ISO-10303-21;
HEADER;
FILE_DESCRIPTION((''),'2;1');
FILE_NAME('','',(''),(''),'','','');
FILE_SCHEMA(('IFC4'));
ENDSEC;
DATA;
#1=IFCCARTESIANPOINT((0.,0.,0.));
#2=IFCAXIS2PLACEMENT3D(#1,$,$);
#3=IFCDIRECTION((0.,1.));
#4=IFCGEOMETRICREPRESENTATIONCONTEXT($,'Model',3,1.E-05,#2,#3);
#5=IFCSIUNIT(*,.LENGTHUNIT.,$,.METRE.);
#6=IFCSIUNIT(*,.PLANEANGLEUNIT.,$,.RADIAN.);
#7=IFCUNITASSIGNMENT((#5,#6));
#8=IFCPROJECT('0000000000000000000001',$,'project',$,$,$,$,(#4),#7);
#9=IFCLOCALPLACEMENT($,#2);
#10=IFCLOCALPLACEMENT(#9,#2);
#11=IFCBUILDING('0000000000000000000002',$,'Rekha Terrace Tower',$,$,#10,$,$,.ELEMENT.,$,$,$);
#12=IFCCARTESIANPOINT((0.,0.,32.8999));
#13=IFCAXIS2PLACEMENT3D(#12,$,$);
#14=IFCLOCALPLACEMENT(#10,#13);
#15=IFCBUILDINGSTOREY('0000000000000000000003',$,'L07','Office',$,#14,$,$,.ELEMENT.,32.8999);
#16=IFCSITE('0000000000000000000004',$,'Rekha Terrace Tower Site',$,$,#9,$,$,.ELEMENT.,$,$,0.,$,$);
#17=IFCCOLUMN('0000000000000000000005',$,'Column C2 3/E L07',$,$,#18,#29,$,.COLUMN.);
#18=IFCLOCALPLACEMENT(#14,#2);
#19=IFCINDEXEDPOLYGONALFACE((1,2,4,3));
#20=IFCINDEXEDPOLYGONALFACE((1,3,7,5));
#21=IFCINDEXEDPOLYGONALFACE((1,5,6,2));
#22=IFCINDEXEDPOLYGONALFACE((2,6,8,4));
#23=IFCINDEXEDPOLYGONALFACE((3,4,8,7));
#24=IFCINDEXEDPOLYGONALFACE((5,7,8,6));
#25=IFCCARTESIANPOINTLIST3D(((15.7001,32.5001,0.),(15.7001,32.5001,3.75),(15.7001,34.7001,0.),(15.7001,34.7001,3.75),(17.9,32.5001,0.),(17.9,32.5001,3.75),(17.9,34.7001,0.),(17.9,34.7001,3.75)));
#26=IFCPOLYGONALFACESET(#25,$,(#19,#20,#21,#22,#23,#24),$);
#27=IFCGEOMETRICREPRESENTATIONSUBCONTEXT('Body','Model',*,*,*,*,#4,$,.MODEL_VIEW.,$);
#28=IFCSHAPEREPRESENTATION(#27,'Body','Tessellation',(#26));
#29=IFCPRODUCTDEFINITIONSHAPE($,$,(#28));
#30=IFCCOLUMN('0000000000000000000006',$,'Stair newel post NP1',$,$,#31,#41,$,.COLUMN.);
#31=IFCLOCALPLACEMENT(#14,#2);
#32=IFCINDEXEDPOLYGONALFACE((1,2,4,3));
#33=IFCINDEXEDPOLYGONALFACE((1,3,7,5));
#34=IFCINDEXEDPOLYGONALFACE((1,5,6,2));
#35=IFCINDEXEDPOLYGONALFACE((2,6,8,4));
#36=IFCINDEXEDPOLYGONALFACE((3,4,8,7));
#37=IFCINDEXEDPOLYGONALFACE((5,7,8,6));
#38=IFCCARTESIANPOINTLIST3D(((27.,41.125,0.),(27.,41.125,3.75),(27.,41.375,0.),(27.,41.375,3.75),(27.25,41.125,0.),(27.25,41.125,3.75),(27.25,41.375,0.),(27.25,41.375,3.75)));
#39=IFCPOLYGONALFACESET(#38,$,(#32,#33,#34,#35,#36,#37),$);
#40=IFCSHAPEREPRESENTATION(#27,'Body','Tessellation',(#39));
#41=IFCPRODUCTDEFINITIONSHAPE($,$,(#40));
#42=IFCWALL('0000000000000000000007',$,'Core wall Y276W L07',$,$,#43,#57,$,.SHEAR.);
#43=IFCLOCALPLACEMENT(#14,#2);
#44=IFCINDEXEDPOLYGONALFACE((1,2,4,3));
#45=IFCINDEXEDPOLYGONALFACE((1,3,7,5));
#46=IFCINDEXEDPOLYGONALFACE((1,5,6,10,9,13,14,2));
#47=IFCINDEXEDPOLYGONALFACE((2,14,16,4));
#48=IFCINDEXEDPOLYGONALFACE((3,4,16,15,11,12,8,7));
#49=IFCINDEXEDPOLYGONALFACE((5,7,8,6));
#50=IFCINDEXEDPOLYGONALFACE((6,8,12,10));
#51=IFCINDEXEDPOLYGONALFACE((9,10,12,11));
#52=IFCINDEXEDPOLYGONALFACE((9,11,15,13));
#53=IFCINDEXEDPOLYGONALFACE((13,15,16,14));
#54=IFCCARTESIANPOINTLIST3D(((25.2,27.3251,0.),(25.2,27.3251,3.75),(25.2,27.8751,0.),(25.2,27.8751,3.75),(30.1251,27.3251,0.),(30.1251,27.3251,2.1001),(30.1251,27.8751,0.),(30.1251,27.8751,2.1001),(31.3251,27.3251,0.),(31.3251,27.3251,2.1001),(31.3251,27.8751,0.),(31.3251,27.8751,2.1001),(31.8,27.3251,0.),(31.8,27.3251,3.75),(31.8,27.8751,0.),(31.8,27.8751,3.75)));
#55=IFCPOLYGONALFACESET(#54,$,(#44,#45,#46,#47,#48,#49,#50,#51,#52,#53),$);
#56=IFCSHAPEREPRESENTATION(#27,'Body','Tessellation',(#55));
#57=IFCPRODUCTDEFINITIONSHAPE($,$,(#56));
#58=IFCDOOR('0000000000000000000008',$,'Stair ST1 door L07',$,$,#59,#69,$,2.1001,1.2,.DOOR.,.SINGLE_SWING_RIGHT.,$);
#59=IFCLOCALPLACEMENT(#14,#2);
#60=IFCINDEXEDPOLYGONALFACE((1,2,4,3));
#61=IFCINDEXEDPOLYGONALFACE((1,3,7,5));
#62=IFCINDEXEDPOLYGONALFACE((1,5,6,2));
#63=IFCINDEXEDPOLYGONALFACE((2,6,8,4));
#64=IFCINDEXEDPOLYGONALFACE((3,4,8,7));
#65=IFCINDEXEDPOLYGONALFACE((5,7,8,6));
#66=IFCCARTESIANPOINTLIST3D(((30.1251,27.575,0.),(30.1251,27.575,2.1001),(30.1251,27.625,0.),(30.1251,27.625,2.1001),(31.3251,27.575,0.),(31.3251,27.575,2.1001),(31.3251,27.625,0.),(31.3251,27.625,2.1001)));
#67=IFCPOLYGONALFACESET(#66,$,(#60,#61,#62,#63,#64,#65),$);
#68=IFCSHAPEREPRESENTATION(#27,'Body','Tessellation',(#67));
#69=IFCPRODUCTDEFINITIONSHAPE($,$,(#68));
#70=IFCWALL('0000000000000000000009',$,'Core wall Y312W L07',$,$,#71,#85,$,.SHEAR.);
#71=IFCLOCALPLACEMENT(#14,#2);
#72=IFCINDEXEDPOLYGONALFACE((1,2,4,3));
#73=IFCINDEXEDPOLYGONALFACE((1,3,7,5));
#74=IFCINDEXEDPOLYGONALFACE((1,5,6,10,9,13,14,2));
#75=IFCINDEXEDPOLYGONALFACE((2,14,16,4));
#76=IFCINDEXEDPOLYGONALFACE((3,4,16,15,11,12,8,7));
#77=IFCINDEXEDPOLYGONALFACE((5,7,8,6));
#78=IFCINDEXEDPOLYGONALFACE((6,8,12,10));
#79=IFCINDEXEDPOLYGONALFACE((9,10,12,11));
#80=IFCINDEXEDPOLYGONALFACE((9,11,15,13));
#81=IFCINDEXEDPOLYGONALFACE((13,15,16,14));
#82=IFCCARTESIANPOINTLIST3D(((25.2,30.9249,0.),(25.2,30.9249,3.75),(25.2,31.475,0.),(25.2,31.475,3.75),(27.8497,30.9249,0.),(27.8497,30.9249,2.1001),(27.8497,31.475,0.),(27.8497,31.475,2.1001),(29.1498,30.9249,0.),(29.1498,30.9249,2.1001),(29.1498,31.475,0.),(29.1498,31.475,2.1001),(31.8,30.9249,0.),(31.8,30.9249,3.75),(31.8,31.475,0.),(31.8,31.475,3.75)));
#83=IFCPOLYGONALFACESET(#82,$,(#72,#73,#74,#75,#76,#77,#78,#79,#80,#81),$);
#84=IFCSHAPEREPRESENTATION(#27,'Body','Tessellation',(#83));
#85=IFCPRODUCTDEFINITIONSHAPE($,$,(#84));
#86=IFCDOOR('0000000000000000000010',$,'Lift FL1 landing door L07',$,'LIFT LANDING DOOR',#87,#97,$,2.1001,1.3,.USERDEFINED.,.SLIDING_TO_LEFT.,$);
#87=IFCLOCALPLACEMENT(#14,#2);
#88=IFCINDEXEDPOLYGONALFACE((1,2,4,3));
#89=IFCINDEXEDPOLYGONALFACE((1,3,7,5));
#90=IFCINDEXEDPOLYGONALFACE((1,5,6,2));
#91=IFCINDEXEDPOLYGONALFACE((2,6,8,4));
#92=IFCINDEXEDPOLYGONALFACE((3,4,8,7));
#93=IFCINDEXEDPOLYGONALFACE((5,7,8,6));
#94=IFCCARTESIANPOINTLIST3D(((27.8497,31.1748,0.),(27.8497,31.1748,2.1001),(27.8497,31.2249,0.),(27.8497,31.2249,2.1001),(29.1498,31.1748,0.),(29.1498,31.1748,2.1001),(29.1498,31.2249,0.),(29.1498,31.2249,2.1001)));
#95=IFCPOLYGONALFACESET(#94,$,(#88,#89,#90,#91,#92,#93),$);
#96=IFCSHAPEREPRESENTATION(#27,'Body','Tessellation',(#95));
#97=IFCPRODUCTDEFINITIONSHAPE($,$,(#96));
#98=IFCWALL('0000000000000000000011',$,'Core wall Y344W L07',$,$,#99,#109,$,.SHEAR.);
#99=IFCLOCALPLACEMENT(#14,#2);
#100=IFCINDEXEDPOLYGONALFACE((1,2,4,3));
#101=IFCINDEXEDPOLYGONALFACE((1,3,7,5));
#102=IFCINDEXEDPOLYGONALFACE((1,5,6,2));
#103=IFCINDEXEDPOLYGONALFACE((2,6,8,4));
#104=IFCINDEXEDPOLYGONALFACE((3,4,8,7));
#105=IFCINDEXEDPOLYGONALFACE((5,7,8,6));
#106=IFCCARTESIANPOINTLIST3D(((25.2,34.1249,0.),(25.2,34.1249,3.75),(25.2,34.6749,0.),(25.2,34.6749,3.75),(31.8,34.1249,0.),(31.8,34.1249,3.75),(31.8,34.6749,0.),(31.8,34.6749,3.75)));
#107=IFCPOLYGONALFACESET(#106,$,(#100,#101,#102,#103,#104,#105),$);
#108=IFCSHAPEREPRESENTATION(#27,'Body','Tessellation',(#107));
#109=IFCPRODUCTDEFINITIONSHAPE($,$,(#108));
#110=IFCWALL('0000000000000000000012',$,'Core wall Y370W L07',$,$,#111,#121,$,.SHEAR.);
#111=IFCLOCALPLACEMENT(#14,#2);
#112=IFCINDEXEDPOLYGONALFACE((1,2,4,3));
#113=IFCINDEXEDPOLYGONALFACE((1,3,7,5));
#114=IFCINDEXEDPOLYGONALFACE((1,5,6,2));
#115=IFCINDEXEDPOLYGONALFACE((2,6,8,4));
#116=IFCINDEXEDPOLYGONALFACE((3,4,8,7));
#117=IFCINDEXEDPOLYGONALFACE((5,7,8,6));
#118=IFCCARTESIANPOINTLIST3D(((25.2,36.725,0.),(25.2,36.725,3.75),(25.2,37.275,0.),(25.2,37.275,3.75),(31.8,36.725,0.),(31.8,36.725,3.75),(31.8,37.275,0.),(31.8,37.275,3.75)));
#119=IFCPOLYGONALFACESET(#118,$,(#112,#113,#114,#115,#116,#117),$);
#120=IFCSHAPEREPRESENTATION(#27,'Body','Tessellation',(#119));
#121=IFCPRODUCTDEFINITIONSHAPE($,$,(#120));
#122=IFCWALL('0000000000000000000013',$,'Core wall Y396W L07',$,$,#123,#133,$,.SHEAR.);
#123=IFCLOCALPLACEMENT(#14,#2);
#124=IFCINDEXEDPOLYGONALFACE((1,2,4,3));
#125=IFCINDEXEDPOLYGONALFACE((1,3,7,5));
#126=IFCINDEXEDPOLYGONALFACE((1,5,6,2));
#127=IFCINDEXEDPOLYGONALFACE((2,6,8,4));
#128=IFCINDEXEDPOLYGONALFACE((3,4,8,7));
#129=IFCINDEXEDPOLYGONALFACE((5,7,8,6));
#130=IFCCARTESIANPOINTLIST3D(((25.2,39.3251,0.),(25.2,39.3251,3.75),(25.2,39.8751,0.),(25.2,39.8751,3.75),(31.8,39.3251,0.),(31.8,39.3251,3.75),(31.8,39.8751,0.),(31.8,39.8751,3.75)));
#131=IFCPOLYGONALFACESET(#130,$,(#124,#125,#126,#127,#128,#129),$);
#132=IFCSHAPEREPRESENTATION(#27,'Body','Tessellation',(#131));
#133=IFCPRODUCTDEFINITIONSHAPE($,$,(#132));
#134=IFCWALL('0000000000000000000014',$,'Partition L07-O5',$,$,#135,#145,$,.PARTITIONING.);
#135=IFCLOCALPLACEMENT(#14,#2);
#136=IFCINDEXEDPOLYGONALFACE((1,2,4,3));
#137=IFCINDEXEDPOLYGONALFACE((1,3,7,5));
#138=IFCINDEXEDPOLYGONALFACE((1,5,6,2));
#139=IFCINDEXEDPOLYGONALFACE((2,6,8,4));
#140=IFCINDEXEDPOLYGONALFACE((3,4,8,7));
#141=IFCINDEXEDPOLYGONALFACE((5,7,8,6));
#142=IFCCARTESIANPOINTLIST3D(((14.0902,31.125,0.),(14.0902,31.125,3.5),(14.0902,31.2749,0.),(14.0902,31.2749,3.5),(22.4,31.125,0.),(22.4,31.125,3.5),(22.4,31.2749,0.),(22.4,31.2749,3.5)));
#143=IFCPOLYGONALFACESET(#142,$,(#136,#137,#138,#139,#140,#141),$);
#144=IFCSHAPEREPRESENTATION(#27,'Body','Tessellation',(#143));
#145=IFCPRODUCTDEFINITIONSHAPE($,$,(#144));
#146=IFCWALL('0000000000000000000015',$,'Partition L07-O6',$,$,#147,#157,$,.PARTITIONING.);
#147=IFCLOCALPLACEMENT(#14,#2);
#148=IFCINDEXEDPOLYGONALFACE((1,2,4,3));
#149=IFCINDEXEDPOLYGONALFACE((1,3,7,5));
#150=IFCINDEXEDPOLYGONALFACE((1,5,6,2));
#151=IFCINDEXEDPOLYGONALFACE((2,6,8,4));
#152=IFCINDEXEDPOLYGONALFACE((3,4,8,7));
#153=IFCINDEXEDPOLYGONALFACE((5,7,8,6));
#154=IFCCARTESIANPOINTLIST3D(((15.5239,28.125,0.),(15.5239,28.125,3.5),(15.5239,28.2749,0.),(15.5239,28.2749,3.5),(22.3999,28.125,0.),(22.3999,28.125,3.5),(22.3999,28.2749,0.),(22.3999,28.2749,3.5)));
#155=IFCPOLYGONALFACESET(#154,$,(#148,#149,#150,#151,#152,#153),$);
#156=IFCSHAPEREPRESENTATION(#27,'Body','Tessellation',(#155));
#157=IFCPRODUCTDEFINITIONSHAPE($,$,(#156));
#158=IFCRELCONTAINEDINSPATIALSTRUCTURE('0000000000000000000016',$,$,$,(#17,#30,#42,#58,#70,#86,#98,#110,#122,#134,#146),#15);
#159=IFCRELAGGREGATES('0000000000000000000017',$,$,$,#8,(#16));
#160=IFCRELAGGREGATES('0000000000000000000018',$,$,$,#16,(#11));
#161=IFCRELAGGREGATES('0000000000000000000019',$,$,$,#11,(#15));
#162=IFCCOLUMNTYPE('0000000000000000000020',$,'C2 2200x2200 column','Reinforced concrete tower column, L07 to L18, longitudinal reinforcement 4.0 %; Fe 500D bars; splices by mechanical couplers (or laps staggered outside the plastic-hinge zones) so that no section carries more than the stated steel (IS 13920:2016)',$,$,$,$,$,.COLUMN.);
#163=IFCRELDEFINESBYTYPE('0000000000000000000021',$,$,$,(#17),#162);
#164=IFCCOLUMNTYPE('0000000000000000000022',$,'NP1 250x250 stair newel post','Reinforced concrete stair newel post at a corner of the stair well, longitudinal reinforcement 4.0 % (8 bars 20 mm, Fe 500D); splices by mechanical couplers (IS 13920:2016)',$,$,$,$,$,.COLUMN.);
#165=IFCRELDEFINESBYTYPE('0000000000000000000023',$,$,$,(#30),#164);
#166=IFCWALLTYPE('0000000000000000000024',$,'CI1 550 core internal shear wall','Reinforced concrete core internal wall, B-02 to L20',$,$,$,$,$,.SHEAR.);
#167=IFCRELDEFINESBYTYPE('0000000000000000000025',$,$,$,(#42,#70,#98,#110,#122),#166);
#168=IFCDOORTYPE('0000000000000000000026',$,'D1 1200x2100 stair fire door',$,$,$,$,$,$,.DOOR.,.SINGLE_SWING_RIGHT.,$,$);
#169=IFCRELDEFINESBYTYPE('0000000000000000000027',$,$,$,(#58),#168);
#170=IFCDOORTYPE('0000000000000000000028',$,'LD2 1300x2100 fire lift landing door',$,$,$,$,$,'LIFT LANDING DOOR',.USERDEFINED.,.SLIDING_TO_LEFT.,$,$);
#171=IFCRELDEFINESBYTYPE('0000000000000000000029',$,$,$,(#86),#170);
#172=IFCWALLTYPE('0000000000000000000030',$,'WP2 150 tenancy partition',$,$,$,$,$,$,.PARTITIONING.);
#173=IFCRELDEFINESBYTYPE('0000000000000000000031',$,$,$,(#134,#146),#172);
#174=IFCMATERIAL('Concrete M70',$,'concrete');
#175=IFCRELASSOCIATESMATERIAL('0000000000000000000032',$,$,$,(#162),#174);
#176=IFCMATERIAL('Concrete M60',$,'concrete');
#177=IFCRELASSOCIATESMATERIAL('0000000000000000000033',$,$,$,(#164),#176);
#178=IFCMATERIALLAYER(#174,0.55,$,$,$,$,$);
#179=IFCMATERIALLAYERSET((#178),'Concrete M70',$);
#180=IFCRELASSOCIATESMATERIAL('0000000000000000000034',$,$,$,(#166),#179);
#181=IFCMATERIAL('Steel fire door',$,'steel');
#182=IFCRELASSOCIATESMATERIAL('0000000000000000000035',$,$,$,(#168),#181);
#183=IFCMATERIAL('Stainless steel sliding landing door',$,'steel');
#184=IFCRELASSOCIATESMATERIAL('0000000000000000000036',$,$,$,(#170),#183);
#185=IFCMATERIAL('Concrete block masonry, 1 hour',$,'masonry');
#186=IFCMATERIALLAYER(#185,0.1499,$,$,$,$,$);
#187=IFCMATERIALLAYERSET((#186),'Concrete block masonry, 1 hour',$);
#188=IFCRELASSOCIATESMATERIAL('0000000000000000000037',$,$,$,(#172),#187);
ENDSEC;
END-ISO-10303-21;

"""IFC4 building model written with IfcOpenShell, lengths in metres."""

from ifc_helpers import new_model, si_unit, direction, frame, frame_2d, origin, origin_2d, place, context, subcontext, project, spatial, rectangle, extrude, material, layer, layer_set, material_profile, profile_set, type_object, element, fill, save


model = new_model("IFC4")

# Units and contexts
model_context = context("Model", 3, precision=1e-05, world=origin(), true_north=direction((0.0, 1.0)))
body_context = subcontext(model_context, "Body", "Model", "MODEL_VIEW")
ifc_project = project(units=[si_unit("LENGTHUNIT", "METRE"), si_unit("PLANEANGLEUNIT", "RADIAN")], contexts=[model_context])

# Site, building, storey
site_placement = place(None, origin())
site = spatial("IfcSite", under=ifc_project, at=site_placement, Name="Rekha Terrace Tower Site", CompositionType="ELEMENT", RefElevation=0.0)
building_placement = place(site_placement, origin())
building = spatial("IfcBuilding", under=site, at=building_placement, Name="Rekha Terrace Tower", CompositionType="ELEMENT")
storey_placement = place(building_placement, frame((0.0, 0.0, 32.8999)))
storey = spatial("IfcBuildingStorey", under=building, at=storey_placement, Name="L07", Description="Office", CompositionType="ELEMENT", Elevation=32.8999)

# Columns
ifc_material_1 = material(Name="Concrete M70", Category="concrete")
ifc_material_profile_1 = material_profile(ifc_material_1, rectangle(XDim=2.2, YDim=2.2, at=origin_2d()), Name="RC 2200x2200")
ifc_profile_set_1 = profile_set([ifc_material_profile_1], Name="Concrete M70")
column_type_1 = type_object("IfcColumnType", Name="C2 2200x2200 column", Description="Reinforced concrete tower column, L07 to L18, longitudinal reinforcement 4.0 %; Fe 500D bars; splices by mechanical couplers (or laps staggered outside the plastic-hinge zones) so that no section carries more than the stated steel (IS 13920:2016)", PredefinedType="COLUMN", material=ifc_profile_set_1)
column_1_placement = place(storey_placement, frame((16.8, 33.6001, 0.0), z_axis=(0.0, 0.0, 1.0), x_axis=(1.0, 0.0, 0.0)))
element("IfcColumn", 1, at=column_1_placement, inside=storey, type_object=column_type_1, Name="Column C2 3/E L07", PredefinedType="COLUMN", context=body_context, shape_type="SweptSolid", body=[
    extrude(rectangle(XDim=2.2, YDim=2.2, at=origin_2d()), origin(), (0.0, 0.0, 1.0), 3.75),
])
ifc_material_2 = material(Name="Concrete M60", Category="concrete")
ifc_material_profile_2 = material_profile(ifc_material_2, rectangle(XDim=0.25, YDim=0.25, at=origin_2d()), Name="RC 250x250")
ifc_profile_set_2 = profile_set([ifc_material_profile_2], Name="Concrete M60")
column_type_2 = type_object("IfcColumnType", Name="NP1 250x250 stair newel post", Description="Reinforced concrete stair newel post at a corner of the stair well, longitudinal reinforcement 4.0 % (8 bars 20 mm, Fe 500D); splices by mechanical couplers (IS 13920:2016)", PredefinedType="COLUMN", material=ifc_profile_set_2)
column_2_placement = place(storey_placement, frame((27.125, 41.25, 0.0), z_axis=(0.0, 0.0, 1.0), x_axis=(1.0, 0.0, 0.0)))
element("IfcColumn", 2, at=column_2_placement, inside=storey, type_object=column_type_2, Name="Stair newel post NP1", PredefinedType="COLUMN", context=body_context, shape_type="SweptSolid", body=[
    extrude(rectangle(XDim=0.25, YDim=0.25, at=origin_2d()), origin(), (0.0, 0.0, 1.0), 3.75),
])

# Walls, openings, doors
ifc_layer_1 = layer(ifc_material_1, 0.55)
ifc_layer_set_1 = layer_set([ifc_layer_1], Name="Concrete M70")
wall_type_1 = type_object("IfcWallType", Name="CI1 550 core internal shear wall", Description="Reinforced concrete core internal wall, B-02 to L20", PredefinedType="SHEAR", material=ifc_layer_set_1)
wall_1_placement = place(storey_placement, frame((25.2, 27.6001, 0.0), z_axis=(0.0, 0.0, 1.0), x_axis=(1.0, 0.0, 0.0)))
wall_1 = element("IfcWall", 3, at=wall_1_placement, inside=storey, type_object=wall_type_1, Name="Core wall Y276W L07", PredefinedType="SHEAR", context=body_context, shape_type="SweptSolid", body=[
    extrude(rectangle(XDim=6.6001, YDim=0.55, at=frame_2d((3.3, 0.0))), origin(), (0.0, 0.0, 1.0), 3.75),
])
opening_1_placement = place(wall_1_placement, frame((4.925, 0.0, 0.0)))
opening_1 = element("IfcOpeningElement", 4, at=opening_1_placement, cuts=wall_1, PredefinedType="OPENING", context=body_context, shape_type="SweptSolid", body=[
    extrude(rectangle(XDim=1.2, YDim=2.1001, at=frame_2d((0.6001, 1.05))), frame((0.0, 0.2849, 0.0), z_axis=(0.0, -1.0, 0.0), x_axis=(1.0, 0.0, 0.0)), (0.0, 0.0, 1.0), 0.5701),
])
ifc_material_3 = material(Name="Steel fire door", Category="steel")
door_type_1 = type_object("IfcDoorType", Name="D1 1200x2100 stair fire door", OperationType="SINGLE_SWING_RIGHT", PredefinedType="DOOR", material=ifc_material_3)
door_1_placement = place(opening_1_placement, origin())
door_1 = element("IfcDoor", 5, at=door_1_placement, inside=storey, type_object=door_type_1, Name="Stair ST1 door L07", OperationType="SINGLE_SWING_RIGHT", OverallHeight=2.1001, OverallWidth=1.2, PredefinedType="DOOR", context=body_context, shape_type="SweptSolid", body=[
    extrude(rectangle(XDim=1.2, YDim=2.1001, at=frame_2d((0.6001, 1.05))), frame((0.0, 0.0249, 0.0), z_axis=(0.0, -1.0, 0.0), x_axis=(1.0, 0.0, 0.0)), (0.0, 0.0, 1.0), 0.05),
])
fill(opening_1, door_1)
wall_2_placement = place(storey_placement, frame((25.2, 31.2, 0.0), z_axis=(0.0, 0.0, 1.0), x_axis=(1.0, 0.0, 0.0)))
wall_2 = element("IfcWall", 6, at=wall_2_placement, inside=storey, type_object=wall_type_1, Name="Core wall Y312W L07", PredefinedType="SHEAR", context=body_context, shape_type="SweptSolid", body=[
    extrude(rectangle(XDim=6.6001, YDim=0.55, at=frame_2d((3.3, 0.0))), origin(), (0.0, 0.0, 1.0), 3.75),
])
opening_2_placement = place(wall_2_placement, frame((2.6499, 0.0, 0.0)))
opening_2 = element("IfcOpeningElement", 7, at=opening_2_placement, cuts=wall_2, PredefinedType="OPENING", context=body_context, shape_type="SweptSolid", body=[
    extrude(rectangle(XDim=1.3, YDim=2.1001, at=frame_2d((0.6499, 1.05))), frame((0.0, 0.2849, 0.0), z_axis=(0.0, -1.0, 0.0), x_axis=(1.0, 0.0, 0.0)), (0.0, 0.0, 1.0), 0.5701),
])
ifc_material_4 = material(Name="Stainless steel sliding landing door", Category="steel")
door_type_2 = type_object("IfcDoorType", Name="LD2 1300x2100 fire lift landing door", ElementType="LIFT LANDING DOOR", OperationType="SLIDING_TO_LEFT", PredefinedType="USERDEFINED", material=ifc_material_4)
door_2_placement = place(opening_2_placement, origin())
door_2 = element("IfcDoor", 8, at=door_2_placement, inside=storey, type_object=door_type_2, Name="Lift FL1 landing door L07", ObjectType="LIFT LANDING DOOR", OperationType="SLIDING_TO_LEFT", OverallHeight=2.1001, OverallWidth=1.3, PredefinedType="USERDEFINED", context=body_context, shape_type="SweptSolid", body=[
    extrude(rectangle(XDim=1.3, YDim=2.1001, at=frame_2d((0.6499, 1.05))), frame((0.0, 0.0249, 0.0), z_axis=(0.0, -1.0, 0.0), x_axis=(1.0, 0.0, 0.0)), (0.0, 0.0, 1.0), 0.05),
])
fill(opening_2, door_2)

# Walls
for number, where, z_axis, x_axis, name in (
    (9, (25.2, 34.3999, 0.0), (0.0, 0.0, 1.0), (1.0, 0.0, 0.0), "Core wall Y344W L07"),
    (10, (25.2, 37.0, 0.0), (0.0, 0.0, 1.0), (1.0, 0.0, 0.0), "Core wall Y370W L07"),
    (11, (25.2, 39.6001, 0.0), (0.0, 0.0, 1.0), (1.0, 0.0, 0.0), "Core wall Y396W L07"),
):
    element("IfcWall", number, at=place(storey_placement, frame(where, z_axis=z_axis, x_axis=x_axis)), inside=storey, type_object=wall_type_1, Name=name, PredefinedType="SHEAR", context=body_context, shape_type="SweptSolid", body=[
        extrude(rectangle(XDim=6.6001, YDim=0.55, at=frame_2d((3.3, 0.0))), origin(), (0.0, 0.0, 1.0), 3.75),
    ])
ifc_material_5 = material(Name="Concrete block masonry, 1 hour", Category="masonry")
ifc_layer_2 = layer(ifc_material_5, 0.1499)
ifc_layer_set_2 = layer_set([ifc_layer_2], Name="Concrete block masonry, 1 hour")
wall_type_2 = type_object("IfcWallType", Name="WP2 150 tenancy partition", PredefinedType="PARTITIONING", material=ifc_layer_set_2)
wall_3_placement = place(storey_placement, frame((22.3999, 31.2, 0.0), z_axis=(0.0, 0.0, 1.0), x_axis=(-1.0, 0.0, 0.0)))
element("IfcWall", 12, at=wall_3_placement, inside=storey, type_object=wall_type_2, Name="Partition L07-O5", PredefinedType="PARTITIONING", context=body_context, shape_type="SweptSolid", body=[
    extrude(rectangle(XDim=8.3098, YDim=0.1499, at=frame_2d((4.1548, 0.0))), origin(), (0.0, 0.0, 1.0), 3.5),
])
wall_4_placement = place(storey_placement, frame((15.5239, 28.2, 0.0), z_axis=(0.0, 0.0, 1.0), x_axis=(1.0, 0.0, 0.0)))
element("IfcWall", 13, at=wall_4_placement, inside=storey, type_object=wall_type_2, Name="Partition L07-O6", PredefinedType="PARTITIONING", context=body_context, shape_type="SweptSolid", body=[
    extrude(rectangle(XDim=6.876, YDim=0.1499, at=frame_2d((3.438, 0.0))), origin(), (0.0, 0.0, 1.0), 3.5),
])

save(model, "model.ifc")
